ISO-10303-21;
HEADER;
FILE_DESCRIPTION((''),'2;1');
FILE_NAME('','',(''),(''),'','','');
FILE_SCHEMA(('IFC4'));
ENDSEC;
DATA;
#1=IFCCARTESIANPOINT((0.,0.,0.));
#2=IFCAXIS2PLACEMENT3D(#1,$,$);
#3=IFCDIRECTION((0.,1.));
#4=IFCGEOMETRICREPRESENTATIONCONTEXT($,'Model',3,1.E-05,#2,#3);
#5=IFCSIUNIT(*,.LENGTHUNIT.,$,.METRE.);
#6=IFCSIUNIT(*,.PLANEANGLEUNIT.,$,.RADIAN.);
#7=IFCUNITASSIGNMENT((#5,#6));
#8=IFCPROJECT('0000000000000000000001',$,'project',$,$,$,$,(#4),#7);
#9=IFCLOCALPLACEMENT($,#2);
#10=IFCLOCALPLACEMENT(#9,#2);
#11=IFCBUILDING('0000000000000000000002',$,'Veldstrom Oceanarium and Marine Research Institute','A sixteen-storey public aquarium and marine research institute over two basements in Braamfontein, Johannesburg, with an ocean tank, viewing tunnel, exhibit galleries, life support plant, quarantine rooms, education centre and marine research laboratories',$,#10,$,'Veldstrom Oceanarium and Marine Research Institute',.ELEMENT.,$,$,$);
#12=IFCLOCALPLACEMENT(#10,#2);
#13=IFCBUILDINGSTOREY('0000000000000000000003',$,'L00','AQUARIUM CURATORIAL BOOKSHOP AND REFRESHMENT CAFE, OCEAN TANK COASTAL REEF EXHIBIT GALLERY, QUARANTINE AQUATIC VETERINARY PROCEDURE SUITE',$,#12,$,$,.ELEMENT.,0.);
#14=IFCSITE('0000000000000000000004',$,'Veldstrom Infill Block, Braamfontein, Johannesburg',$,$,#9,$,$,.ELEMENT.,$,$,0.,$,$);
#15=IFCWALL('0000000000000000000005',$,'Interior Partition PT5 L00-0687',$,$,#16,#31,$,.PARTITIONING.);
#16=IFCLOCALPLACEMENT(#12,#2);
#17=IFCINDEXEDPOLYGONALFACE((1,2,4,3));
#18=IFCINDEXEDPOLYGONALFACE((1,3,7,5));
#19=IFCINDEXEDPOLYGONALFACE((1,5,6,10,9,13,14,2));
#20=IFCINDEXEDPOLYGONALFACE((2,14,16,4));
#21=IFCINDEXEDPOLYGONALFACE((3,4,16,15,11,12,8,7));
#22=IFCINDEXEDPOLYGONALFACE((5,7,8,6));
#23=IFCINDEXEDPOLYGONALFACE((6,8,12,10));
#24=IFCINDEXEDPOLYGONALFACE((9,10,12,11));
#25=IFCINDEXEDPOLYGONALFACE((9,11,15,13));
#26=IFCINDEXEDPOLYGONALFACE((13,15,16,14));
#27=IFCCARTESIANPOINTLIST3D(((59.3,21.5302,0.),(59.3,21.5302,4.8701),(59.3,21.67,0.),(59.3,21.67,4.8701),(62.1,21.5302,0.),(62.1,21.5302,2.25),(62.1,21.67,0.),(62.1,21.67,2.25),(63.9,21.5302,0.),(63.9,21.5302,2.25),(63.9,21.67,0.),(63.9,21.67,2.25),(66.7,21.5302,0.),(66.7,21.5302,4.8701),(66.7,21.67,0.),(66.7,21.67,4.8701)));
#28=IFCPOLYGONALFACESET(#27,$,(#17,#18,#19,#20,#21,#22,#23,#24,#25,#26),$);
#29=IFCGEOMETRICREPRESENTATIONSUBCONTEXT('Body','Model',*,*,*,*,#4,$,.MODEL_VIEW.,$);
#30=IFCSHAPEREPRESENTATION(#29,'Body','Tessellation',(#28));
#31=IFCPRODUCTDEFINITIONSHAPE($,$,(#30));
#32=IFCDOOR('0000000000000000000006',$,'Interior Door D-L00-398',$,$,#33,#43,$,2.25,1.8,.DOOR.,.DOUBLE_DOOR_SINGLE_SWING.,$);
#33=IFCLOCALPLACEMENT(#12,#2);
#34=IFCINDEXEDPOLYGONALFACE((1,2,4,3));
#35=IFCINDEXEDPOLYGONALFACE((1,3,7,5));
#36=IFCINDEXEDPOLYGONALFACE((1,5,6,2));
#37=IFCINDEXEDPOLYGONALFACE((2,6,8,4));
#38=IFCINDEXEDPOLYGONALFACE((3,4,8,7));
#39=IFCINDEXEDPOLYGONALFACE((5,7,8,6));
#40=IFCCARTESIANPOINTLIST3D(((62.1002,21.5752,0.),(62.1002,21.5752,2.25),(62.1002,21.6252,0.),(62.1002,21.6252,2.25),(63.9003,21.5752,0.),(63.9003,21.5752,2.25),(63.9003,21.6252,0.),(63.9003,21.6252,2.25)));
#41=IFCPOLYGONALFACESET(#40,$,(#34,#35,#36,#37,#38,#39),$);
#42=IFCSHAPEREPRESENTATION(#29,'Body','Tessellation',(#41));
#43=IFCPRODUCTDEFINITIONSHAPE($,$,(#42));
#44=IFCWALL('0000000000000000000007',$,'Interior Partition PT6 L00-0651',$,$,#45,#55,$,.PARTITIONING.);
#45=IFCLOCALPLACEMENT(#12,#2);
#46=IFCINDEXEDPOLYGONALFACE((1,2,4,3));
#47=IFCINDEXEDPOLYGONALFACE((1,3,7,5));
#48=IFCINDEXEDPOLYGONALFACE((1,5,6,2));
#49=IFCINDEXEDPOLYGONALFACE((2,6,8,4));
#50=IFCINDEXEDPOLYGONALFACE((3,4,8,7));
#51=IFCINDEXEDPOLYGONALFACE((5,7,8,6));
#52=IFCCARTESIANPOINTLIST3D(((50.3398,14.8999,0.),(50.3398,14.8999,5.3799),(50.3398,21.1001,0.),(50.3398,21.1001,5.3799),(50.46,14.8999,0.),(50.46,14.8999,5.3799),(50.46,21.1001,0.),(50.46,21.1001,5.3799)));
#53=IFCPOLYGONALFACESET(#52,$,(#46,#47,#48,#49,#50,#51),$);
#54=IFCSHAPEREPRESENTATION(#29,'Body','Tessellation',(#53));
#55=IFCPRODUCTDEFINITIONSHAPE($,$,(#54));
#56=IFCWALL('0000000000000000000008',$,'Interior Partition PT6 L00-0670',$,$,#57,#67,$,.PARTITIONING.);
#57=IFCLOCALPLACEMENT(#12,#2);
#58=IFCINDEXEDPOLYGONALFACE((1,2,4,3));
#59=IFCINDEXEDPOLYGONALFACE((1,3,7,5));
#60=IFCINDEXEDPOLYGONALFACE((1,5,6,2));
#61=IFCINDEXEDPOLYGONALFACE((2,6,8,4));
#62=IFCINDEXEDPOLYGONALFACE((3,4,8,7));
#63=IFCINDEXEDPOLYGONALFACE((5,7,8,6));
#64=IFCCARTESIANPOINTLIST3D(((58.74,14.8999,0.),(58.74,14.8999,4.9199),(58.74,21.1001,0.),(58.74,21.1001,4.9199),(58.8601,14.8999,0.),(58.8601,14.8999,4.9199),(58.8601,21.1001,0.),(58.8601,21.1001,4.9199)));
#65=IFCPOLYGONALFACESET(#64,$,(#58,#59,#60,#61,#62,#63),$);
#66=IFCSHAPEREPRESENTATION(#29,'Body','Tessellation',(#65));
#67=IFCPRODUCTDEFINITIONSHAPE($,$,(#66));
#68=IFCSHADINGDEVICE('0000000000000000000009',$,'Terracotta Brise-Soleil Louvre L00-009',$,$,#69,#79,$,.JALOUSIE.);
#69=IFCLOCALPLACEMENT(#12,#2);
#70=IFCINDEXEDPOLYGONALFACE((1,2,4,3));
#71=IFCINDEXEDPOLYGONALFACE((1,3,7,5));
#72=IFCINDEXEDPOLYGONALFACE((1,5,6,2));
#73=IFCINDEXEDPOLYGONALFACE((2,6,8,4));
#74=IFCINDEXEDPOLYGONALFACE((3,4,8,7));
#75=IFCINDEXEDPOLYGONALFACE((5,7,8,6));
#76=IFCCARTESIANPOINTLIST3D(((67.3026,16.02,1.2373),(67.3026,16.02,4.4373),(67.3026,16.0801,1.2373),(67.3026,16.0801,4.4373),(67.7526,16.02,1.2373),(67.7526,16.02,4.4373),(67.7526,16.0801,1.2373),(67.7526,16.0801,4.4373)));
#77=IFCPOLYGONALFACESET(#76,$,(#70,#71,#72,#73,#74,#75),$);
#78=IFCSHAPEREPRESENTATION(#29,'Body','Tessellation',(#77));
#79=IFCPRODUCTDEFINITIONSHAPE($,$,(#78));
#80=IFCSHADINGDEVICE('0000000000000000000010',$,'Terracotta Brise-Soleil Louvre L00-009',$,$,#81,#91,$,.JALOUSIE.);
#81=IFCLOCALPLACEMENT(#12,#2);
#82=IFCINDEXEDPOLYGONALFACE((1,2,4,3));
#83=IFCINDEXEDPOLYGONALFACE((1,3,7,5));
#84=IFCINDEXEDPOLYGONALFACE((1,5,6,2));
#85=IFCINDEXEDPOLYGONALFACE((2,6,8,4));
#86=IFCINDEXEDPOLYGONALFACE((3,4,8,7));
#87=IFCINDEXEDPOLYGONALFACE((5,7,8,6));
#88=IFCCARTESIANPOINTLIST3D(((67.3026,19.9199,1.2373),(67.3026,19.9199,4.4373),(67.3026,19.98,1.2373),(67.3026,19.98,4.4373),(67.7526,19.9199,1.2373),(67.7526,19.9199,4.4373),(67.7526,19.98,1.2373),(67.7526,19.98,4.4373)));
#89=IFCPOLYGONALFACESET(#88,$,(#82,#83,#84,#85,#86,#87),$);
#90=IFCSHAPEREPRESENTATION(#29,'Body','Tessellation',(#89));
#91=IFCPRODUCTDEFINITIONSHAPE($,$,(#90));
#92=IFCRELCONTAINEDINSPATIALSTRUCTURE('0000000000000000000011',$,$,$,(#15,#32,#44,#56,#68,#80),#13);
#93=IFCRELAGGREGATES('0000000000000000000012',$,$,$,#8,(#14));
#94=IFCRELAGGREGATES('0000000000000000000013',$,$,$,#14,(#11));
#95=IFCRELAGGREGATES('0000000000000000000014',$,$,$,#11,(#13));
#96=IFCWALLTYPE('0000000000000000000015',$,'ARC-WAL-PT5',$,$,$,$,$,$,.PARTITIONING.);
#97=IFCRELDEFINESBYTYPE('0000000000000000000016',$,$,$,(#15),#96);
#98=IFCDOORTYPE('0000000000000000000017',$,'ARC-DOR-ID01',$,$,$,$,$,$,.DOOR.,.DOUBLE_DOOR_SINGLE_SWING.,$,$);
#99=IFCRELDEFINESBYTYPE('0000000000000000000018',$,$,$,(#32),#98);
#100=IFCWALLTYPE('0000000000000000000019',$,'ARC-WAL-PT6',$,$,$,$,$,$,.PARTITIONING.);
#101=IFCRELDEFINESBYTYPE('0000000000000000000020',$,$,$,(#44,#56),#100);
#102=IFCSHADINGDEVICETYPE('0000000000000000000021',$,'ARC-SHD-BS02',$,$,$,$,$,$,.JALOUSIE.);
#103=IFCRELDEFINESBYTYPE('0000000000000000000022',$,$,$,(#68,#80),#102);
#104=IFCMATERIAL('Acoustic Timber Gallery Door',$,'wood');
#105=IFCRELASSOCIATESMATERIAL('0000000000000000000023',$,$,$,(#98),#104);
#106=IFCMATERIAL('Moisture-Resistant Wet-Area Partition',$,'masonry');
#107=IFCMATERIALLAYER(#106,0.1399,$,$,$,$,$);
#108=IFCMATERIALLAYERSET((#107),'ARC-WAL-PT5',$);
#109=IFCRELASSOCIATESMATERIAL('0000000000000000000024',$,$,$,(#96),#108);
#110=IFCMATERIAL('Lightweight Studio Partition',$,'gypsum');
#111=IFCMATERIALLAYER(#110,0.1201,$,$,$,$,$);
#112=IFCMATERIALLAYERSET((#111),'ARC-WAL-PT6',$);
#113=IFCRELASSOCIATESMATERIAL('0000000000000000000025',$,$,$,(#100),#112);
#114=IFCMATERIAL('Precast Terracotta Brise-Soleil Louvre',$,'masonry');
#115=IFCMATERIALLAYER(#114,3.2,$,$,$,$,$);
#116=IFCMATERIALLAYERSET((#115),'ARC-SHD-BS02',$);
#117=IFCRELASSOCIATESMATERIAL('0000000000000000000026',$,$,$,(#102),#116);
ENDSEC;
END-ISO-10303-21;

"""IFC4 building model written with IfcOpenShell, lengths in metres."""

from ifc_helpers import new_model, si_unit, direction, frame, frame_2d, origin, origin_2d, place, context, subcontext, project, spatial, rectangle, extrude, material, layer, layer_set, type_object, element, fill, save


model = new_model("IFC4")

# Units and contexts
model_context = context("Model", 3, precision=1e-05, world=origin(), true_north=direction((0.0, 1.0)))
body_context = subcontext(model_context, "Body", "Model", "MODEL_VIEW")
ifc_project = project(units=[si_unit("LENGTHUNIT", "METRE"), si_unit("PLANEANGLEUNIT", "RADIAN")], contexts=[model_context])

# Site, building, storey
site_placement = place(None, origin())
site = spatial("IfcSite", under=ifc_project, at=site_placement, Name="Veldstrom Infill Block, Braamfontein, Johannesburg", CompositionType="ELEMENT", RefElevation=0.0)
building_placement = place(site_placement, origin())
building = spatial("IfcBuilding", under=site, at=building_placement, Name="Veldstrom Oceanarium and Marine Research Institute", Description="A sixteen-storey public aquarium and marine research institute over two basements in Braamfontein, Johannesburg, with an ocean tank, viewing tunnel, exhibit galleries, life support plant, quarantine rooms, education centre and marine research laboratories", LongName="Veldstrom Oceanarium and Marine Research Institute", CompositionType="ELEMENT")
storey_placement = place(building_placement, origin())
storey = spatial("IfcBuildingStorey", under=building, at=storey_placement, Name="L00", Description="AQUARIUM CURATORIAL BOOKSHOP AND REFRESHMENT CAFE, OCEAN TANK COASTAL REEF EXHIBIT GALLERY, QUARANTINE AQUATIC VETERINARY PROCEDURE SUITE", CompositionType="ELEMENT", Elevation=0.0)

# Wall, opening, door
ifc_material_1 = material(Name="Acoustic Timber Gallery Door", Category="wood")
door_type = type_object("IfcDoorType", Name="ARC-DOR-ID01", OperationType="DOUBLE_DOOR_SINGLE_SWING", PredefinedType="DOOR", material=ifc_material_1)
ifc_material_2 = material(Name="Moisture-Resistant Wet-Area Partition", Category="masonry")
ifc_layer_1 = layer(ifc_material_2, 0.1399)
ifc_layer_set_1 = layer_set([ifc_layer_1], Name="ARC-WAL-PT5")
wall_type_1 = type_object("IfcWallType", Name="ARC-WAL-PT5", PredefinedType="PARTITIONING", material=ifc_layer_set_1)
wall_1_placement = place(storey_placement, frame((59.3, 21.6001, 0.0), z_axis=(0.0, 0.0, 1.0), x_axis=(1.0, 0.0, 0.0)))
wall_1 = element("IfcWall", 1, at=wall_1_placement, inside=storey, type_object=wall_type_1, Name="Interior Partition PT5 L00-0687", PredefinedType="PARTITIONING", context=body_context, shape_type="SweptSolid", body=[
    extrude(rectangle(XDim=7.3999, YDim=0.1399, at=frame_2d((3.7, 0.0))), origin(), (0.0, 0.0, 1.0), 4.8701),
])
opening_1_placement = place(wall_1_placement, frame((2.8, 0.0, 0.0)))
opening_1 = element("IfcOpeningElement", 2, at=opening_1_placement, cuts=wall_1, PredefinedType="OPENING", context=body_context, shape_type="SweptSolid", body=[
    extrude(rectangle(XDim=1.8, YDim=2.25, at=frame_2d((0.8999, 1.125))), frame((0.0, 0.0798, 0.0), z_axis=(0.0, -1.0, 0.0), x_axis=(1.0, 0.0, 0.0)), (0.0, 0.0, 1.0), 0.1599),
])
door_1_placement = place(opening_1_placement, frame((1.8, 0.0, 0.0), z_axis=(0.0, 0.0, 1.0), x_axis=(-1.0, 0.0, 0.0)))
door_1 = element("IfcDoor", 3, at=door_1_placement, inside=storey, type_object=door_type, Name="Interior Door D-L00-398", OperationType="DOUBLE_DOOR_SINGLE_SWING", OverallHeight=2.25, OverallWidth=1.8, PredefinedType="DOOR", context=body_context, shape_type="SweptSolid", body=[
    extrude(rectangle(XDim=1.8, YDim=2.25, at=frame_2d((0.8999, 1.125))), frame((0.0, 0.0249, 0.0), z_axis=(0.0, -1.0, 0.0), x_axis=(1.0, 0.0, 0.0)), (0.0, 0.0, 1.0), 0.05),
])
fill(opening_1, door_1)

# Walls
ifc_material_3 = material(Name="Lightweight Studio Partition", Category="gypsum")
ifc_layer_2 = layer(ifc_material_3, 0.1201)
ifc_layer_set_2 = layer_set([ifc_layer_2], Name="ARC-WAL-PT6")
wall_type_2 = type_object("IfcWallType", Name="ARC-WAL-PT6", PredefinedType="PARTITIONING", material=ifc_layer_set_2)
wall_2_placement = place(storey_placement, frame((50.3999, 14.8999, 0.0), z_axis=(0.0, 0.0, 1.0), x_axis=(0.0, 1.0, 0.0)))
element("IfcWall", 4, at=wall_2_placement, inside=storey, type_object=wall_type_2, Name="Interior Partition PT6 L00-0651", PredefinedType="PARTITIONING", context=body_context, shape_type="SweptSolid", body=[
    extrude(rectangle(XDim=6.2002, YDim=0.1201, at=frame_2d((3.1001, 0.0))), origin(), (0.0, 0.0, 1.0), 5.3799),
])
wall_3_placement = place(storey_placement, frame((58.8, 14.8999, 0.0), z_axis=(0.0, 0.0, 1.0), x_axis=(0.0, 1.0, 0.0)))
element("IfcWall", 5, at=wall_3_placement, inside=storey, type_object=wall_type_2, Name="Interior Partition PT6 L00-0670", PredefinedType="PARTITIONING", context=body_context, shape_type="SweptSolid", body=[
    extrude(rectangle(XDim=6.2002, YDim=0.1201, at=frame_2d((3.1001, 0.0))), origin(), (0.0, 0.0, 1.0), 4.9199),
])

# Shading devices
ifc_material_4 = material(Name="Precast Terracotta Brise-Soleil Louvre", Category="masonry")
ifc_layer_3 = layer(ifc_material_4, 3.2)
ifc_layer_set_3 = layer_set([ifc_layer_3], Name="ARC-SHD-BS02")
shading_device_type = type_object("IfcShadingDeviceType", Name="ARC-SHD-BS02", PredefinedType="JALOUSIE", material=ifc_layer_set_3)
for number, where, z_axis, x_axis, name in (
    (6, (67.5276, 16.05, 1.2373), (0.0, 0.0, 1.0), (1.0, 0.0, 0.0), "Terracotta Brise-Soleil Louvre L00-009"),
    (7, (67.5276, 19.95, 1.2373), (0.0, 0.0, 1.0), (1.0, 0.0, 0.0), "Terracotta Brise-Soleil Louvre L00-009"),
):
    element("IfcShadingDevice", number, at=place(storey_placement, frame(where, z_axis=z_axis, x_axis=x_axis)), inside=storey, type_object=shading_device_type, Name=name, PredefinedType="JALOUSIE", context=body_context, shape_type="SweptSolid", body=[
        extrude(rectangle(XDim=0.45, YDim=0.0601, at=origin_2d()), origin(), (0.0, 0.0, 1.0), 3.2),
    ])

save(model, "model.ifc")
